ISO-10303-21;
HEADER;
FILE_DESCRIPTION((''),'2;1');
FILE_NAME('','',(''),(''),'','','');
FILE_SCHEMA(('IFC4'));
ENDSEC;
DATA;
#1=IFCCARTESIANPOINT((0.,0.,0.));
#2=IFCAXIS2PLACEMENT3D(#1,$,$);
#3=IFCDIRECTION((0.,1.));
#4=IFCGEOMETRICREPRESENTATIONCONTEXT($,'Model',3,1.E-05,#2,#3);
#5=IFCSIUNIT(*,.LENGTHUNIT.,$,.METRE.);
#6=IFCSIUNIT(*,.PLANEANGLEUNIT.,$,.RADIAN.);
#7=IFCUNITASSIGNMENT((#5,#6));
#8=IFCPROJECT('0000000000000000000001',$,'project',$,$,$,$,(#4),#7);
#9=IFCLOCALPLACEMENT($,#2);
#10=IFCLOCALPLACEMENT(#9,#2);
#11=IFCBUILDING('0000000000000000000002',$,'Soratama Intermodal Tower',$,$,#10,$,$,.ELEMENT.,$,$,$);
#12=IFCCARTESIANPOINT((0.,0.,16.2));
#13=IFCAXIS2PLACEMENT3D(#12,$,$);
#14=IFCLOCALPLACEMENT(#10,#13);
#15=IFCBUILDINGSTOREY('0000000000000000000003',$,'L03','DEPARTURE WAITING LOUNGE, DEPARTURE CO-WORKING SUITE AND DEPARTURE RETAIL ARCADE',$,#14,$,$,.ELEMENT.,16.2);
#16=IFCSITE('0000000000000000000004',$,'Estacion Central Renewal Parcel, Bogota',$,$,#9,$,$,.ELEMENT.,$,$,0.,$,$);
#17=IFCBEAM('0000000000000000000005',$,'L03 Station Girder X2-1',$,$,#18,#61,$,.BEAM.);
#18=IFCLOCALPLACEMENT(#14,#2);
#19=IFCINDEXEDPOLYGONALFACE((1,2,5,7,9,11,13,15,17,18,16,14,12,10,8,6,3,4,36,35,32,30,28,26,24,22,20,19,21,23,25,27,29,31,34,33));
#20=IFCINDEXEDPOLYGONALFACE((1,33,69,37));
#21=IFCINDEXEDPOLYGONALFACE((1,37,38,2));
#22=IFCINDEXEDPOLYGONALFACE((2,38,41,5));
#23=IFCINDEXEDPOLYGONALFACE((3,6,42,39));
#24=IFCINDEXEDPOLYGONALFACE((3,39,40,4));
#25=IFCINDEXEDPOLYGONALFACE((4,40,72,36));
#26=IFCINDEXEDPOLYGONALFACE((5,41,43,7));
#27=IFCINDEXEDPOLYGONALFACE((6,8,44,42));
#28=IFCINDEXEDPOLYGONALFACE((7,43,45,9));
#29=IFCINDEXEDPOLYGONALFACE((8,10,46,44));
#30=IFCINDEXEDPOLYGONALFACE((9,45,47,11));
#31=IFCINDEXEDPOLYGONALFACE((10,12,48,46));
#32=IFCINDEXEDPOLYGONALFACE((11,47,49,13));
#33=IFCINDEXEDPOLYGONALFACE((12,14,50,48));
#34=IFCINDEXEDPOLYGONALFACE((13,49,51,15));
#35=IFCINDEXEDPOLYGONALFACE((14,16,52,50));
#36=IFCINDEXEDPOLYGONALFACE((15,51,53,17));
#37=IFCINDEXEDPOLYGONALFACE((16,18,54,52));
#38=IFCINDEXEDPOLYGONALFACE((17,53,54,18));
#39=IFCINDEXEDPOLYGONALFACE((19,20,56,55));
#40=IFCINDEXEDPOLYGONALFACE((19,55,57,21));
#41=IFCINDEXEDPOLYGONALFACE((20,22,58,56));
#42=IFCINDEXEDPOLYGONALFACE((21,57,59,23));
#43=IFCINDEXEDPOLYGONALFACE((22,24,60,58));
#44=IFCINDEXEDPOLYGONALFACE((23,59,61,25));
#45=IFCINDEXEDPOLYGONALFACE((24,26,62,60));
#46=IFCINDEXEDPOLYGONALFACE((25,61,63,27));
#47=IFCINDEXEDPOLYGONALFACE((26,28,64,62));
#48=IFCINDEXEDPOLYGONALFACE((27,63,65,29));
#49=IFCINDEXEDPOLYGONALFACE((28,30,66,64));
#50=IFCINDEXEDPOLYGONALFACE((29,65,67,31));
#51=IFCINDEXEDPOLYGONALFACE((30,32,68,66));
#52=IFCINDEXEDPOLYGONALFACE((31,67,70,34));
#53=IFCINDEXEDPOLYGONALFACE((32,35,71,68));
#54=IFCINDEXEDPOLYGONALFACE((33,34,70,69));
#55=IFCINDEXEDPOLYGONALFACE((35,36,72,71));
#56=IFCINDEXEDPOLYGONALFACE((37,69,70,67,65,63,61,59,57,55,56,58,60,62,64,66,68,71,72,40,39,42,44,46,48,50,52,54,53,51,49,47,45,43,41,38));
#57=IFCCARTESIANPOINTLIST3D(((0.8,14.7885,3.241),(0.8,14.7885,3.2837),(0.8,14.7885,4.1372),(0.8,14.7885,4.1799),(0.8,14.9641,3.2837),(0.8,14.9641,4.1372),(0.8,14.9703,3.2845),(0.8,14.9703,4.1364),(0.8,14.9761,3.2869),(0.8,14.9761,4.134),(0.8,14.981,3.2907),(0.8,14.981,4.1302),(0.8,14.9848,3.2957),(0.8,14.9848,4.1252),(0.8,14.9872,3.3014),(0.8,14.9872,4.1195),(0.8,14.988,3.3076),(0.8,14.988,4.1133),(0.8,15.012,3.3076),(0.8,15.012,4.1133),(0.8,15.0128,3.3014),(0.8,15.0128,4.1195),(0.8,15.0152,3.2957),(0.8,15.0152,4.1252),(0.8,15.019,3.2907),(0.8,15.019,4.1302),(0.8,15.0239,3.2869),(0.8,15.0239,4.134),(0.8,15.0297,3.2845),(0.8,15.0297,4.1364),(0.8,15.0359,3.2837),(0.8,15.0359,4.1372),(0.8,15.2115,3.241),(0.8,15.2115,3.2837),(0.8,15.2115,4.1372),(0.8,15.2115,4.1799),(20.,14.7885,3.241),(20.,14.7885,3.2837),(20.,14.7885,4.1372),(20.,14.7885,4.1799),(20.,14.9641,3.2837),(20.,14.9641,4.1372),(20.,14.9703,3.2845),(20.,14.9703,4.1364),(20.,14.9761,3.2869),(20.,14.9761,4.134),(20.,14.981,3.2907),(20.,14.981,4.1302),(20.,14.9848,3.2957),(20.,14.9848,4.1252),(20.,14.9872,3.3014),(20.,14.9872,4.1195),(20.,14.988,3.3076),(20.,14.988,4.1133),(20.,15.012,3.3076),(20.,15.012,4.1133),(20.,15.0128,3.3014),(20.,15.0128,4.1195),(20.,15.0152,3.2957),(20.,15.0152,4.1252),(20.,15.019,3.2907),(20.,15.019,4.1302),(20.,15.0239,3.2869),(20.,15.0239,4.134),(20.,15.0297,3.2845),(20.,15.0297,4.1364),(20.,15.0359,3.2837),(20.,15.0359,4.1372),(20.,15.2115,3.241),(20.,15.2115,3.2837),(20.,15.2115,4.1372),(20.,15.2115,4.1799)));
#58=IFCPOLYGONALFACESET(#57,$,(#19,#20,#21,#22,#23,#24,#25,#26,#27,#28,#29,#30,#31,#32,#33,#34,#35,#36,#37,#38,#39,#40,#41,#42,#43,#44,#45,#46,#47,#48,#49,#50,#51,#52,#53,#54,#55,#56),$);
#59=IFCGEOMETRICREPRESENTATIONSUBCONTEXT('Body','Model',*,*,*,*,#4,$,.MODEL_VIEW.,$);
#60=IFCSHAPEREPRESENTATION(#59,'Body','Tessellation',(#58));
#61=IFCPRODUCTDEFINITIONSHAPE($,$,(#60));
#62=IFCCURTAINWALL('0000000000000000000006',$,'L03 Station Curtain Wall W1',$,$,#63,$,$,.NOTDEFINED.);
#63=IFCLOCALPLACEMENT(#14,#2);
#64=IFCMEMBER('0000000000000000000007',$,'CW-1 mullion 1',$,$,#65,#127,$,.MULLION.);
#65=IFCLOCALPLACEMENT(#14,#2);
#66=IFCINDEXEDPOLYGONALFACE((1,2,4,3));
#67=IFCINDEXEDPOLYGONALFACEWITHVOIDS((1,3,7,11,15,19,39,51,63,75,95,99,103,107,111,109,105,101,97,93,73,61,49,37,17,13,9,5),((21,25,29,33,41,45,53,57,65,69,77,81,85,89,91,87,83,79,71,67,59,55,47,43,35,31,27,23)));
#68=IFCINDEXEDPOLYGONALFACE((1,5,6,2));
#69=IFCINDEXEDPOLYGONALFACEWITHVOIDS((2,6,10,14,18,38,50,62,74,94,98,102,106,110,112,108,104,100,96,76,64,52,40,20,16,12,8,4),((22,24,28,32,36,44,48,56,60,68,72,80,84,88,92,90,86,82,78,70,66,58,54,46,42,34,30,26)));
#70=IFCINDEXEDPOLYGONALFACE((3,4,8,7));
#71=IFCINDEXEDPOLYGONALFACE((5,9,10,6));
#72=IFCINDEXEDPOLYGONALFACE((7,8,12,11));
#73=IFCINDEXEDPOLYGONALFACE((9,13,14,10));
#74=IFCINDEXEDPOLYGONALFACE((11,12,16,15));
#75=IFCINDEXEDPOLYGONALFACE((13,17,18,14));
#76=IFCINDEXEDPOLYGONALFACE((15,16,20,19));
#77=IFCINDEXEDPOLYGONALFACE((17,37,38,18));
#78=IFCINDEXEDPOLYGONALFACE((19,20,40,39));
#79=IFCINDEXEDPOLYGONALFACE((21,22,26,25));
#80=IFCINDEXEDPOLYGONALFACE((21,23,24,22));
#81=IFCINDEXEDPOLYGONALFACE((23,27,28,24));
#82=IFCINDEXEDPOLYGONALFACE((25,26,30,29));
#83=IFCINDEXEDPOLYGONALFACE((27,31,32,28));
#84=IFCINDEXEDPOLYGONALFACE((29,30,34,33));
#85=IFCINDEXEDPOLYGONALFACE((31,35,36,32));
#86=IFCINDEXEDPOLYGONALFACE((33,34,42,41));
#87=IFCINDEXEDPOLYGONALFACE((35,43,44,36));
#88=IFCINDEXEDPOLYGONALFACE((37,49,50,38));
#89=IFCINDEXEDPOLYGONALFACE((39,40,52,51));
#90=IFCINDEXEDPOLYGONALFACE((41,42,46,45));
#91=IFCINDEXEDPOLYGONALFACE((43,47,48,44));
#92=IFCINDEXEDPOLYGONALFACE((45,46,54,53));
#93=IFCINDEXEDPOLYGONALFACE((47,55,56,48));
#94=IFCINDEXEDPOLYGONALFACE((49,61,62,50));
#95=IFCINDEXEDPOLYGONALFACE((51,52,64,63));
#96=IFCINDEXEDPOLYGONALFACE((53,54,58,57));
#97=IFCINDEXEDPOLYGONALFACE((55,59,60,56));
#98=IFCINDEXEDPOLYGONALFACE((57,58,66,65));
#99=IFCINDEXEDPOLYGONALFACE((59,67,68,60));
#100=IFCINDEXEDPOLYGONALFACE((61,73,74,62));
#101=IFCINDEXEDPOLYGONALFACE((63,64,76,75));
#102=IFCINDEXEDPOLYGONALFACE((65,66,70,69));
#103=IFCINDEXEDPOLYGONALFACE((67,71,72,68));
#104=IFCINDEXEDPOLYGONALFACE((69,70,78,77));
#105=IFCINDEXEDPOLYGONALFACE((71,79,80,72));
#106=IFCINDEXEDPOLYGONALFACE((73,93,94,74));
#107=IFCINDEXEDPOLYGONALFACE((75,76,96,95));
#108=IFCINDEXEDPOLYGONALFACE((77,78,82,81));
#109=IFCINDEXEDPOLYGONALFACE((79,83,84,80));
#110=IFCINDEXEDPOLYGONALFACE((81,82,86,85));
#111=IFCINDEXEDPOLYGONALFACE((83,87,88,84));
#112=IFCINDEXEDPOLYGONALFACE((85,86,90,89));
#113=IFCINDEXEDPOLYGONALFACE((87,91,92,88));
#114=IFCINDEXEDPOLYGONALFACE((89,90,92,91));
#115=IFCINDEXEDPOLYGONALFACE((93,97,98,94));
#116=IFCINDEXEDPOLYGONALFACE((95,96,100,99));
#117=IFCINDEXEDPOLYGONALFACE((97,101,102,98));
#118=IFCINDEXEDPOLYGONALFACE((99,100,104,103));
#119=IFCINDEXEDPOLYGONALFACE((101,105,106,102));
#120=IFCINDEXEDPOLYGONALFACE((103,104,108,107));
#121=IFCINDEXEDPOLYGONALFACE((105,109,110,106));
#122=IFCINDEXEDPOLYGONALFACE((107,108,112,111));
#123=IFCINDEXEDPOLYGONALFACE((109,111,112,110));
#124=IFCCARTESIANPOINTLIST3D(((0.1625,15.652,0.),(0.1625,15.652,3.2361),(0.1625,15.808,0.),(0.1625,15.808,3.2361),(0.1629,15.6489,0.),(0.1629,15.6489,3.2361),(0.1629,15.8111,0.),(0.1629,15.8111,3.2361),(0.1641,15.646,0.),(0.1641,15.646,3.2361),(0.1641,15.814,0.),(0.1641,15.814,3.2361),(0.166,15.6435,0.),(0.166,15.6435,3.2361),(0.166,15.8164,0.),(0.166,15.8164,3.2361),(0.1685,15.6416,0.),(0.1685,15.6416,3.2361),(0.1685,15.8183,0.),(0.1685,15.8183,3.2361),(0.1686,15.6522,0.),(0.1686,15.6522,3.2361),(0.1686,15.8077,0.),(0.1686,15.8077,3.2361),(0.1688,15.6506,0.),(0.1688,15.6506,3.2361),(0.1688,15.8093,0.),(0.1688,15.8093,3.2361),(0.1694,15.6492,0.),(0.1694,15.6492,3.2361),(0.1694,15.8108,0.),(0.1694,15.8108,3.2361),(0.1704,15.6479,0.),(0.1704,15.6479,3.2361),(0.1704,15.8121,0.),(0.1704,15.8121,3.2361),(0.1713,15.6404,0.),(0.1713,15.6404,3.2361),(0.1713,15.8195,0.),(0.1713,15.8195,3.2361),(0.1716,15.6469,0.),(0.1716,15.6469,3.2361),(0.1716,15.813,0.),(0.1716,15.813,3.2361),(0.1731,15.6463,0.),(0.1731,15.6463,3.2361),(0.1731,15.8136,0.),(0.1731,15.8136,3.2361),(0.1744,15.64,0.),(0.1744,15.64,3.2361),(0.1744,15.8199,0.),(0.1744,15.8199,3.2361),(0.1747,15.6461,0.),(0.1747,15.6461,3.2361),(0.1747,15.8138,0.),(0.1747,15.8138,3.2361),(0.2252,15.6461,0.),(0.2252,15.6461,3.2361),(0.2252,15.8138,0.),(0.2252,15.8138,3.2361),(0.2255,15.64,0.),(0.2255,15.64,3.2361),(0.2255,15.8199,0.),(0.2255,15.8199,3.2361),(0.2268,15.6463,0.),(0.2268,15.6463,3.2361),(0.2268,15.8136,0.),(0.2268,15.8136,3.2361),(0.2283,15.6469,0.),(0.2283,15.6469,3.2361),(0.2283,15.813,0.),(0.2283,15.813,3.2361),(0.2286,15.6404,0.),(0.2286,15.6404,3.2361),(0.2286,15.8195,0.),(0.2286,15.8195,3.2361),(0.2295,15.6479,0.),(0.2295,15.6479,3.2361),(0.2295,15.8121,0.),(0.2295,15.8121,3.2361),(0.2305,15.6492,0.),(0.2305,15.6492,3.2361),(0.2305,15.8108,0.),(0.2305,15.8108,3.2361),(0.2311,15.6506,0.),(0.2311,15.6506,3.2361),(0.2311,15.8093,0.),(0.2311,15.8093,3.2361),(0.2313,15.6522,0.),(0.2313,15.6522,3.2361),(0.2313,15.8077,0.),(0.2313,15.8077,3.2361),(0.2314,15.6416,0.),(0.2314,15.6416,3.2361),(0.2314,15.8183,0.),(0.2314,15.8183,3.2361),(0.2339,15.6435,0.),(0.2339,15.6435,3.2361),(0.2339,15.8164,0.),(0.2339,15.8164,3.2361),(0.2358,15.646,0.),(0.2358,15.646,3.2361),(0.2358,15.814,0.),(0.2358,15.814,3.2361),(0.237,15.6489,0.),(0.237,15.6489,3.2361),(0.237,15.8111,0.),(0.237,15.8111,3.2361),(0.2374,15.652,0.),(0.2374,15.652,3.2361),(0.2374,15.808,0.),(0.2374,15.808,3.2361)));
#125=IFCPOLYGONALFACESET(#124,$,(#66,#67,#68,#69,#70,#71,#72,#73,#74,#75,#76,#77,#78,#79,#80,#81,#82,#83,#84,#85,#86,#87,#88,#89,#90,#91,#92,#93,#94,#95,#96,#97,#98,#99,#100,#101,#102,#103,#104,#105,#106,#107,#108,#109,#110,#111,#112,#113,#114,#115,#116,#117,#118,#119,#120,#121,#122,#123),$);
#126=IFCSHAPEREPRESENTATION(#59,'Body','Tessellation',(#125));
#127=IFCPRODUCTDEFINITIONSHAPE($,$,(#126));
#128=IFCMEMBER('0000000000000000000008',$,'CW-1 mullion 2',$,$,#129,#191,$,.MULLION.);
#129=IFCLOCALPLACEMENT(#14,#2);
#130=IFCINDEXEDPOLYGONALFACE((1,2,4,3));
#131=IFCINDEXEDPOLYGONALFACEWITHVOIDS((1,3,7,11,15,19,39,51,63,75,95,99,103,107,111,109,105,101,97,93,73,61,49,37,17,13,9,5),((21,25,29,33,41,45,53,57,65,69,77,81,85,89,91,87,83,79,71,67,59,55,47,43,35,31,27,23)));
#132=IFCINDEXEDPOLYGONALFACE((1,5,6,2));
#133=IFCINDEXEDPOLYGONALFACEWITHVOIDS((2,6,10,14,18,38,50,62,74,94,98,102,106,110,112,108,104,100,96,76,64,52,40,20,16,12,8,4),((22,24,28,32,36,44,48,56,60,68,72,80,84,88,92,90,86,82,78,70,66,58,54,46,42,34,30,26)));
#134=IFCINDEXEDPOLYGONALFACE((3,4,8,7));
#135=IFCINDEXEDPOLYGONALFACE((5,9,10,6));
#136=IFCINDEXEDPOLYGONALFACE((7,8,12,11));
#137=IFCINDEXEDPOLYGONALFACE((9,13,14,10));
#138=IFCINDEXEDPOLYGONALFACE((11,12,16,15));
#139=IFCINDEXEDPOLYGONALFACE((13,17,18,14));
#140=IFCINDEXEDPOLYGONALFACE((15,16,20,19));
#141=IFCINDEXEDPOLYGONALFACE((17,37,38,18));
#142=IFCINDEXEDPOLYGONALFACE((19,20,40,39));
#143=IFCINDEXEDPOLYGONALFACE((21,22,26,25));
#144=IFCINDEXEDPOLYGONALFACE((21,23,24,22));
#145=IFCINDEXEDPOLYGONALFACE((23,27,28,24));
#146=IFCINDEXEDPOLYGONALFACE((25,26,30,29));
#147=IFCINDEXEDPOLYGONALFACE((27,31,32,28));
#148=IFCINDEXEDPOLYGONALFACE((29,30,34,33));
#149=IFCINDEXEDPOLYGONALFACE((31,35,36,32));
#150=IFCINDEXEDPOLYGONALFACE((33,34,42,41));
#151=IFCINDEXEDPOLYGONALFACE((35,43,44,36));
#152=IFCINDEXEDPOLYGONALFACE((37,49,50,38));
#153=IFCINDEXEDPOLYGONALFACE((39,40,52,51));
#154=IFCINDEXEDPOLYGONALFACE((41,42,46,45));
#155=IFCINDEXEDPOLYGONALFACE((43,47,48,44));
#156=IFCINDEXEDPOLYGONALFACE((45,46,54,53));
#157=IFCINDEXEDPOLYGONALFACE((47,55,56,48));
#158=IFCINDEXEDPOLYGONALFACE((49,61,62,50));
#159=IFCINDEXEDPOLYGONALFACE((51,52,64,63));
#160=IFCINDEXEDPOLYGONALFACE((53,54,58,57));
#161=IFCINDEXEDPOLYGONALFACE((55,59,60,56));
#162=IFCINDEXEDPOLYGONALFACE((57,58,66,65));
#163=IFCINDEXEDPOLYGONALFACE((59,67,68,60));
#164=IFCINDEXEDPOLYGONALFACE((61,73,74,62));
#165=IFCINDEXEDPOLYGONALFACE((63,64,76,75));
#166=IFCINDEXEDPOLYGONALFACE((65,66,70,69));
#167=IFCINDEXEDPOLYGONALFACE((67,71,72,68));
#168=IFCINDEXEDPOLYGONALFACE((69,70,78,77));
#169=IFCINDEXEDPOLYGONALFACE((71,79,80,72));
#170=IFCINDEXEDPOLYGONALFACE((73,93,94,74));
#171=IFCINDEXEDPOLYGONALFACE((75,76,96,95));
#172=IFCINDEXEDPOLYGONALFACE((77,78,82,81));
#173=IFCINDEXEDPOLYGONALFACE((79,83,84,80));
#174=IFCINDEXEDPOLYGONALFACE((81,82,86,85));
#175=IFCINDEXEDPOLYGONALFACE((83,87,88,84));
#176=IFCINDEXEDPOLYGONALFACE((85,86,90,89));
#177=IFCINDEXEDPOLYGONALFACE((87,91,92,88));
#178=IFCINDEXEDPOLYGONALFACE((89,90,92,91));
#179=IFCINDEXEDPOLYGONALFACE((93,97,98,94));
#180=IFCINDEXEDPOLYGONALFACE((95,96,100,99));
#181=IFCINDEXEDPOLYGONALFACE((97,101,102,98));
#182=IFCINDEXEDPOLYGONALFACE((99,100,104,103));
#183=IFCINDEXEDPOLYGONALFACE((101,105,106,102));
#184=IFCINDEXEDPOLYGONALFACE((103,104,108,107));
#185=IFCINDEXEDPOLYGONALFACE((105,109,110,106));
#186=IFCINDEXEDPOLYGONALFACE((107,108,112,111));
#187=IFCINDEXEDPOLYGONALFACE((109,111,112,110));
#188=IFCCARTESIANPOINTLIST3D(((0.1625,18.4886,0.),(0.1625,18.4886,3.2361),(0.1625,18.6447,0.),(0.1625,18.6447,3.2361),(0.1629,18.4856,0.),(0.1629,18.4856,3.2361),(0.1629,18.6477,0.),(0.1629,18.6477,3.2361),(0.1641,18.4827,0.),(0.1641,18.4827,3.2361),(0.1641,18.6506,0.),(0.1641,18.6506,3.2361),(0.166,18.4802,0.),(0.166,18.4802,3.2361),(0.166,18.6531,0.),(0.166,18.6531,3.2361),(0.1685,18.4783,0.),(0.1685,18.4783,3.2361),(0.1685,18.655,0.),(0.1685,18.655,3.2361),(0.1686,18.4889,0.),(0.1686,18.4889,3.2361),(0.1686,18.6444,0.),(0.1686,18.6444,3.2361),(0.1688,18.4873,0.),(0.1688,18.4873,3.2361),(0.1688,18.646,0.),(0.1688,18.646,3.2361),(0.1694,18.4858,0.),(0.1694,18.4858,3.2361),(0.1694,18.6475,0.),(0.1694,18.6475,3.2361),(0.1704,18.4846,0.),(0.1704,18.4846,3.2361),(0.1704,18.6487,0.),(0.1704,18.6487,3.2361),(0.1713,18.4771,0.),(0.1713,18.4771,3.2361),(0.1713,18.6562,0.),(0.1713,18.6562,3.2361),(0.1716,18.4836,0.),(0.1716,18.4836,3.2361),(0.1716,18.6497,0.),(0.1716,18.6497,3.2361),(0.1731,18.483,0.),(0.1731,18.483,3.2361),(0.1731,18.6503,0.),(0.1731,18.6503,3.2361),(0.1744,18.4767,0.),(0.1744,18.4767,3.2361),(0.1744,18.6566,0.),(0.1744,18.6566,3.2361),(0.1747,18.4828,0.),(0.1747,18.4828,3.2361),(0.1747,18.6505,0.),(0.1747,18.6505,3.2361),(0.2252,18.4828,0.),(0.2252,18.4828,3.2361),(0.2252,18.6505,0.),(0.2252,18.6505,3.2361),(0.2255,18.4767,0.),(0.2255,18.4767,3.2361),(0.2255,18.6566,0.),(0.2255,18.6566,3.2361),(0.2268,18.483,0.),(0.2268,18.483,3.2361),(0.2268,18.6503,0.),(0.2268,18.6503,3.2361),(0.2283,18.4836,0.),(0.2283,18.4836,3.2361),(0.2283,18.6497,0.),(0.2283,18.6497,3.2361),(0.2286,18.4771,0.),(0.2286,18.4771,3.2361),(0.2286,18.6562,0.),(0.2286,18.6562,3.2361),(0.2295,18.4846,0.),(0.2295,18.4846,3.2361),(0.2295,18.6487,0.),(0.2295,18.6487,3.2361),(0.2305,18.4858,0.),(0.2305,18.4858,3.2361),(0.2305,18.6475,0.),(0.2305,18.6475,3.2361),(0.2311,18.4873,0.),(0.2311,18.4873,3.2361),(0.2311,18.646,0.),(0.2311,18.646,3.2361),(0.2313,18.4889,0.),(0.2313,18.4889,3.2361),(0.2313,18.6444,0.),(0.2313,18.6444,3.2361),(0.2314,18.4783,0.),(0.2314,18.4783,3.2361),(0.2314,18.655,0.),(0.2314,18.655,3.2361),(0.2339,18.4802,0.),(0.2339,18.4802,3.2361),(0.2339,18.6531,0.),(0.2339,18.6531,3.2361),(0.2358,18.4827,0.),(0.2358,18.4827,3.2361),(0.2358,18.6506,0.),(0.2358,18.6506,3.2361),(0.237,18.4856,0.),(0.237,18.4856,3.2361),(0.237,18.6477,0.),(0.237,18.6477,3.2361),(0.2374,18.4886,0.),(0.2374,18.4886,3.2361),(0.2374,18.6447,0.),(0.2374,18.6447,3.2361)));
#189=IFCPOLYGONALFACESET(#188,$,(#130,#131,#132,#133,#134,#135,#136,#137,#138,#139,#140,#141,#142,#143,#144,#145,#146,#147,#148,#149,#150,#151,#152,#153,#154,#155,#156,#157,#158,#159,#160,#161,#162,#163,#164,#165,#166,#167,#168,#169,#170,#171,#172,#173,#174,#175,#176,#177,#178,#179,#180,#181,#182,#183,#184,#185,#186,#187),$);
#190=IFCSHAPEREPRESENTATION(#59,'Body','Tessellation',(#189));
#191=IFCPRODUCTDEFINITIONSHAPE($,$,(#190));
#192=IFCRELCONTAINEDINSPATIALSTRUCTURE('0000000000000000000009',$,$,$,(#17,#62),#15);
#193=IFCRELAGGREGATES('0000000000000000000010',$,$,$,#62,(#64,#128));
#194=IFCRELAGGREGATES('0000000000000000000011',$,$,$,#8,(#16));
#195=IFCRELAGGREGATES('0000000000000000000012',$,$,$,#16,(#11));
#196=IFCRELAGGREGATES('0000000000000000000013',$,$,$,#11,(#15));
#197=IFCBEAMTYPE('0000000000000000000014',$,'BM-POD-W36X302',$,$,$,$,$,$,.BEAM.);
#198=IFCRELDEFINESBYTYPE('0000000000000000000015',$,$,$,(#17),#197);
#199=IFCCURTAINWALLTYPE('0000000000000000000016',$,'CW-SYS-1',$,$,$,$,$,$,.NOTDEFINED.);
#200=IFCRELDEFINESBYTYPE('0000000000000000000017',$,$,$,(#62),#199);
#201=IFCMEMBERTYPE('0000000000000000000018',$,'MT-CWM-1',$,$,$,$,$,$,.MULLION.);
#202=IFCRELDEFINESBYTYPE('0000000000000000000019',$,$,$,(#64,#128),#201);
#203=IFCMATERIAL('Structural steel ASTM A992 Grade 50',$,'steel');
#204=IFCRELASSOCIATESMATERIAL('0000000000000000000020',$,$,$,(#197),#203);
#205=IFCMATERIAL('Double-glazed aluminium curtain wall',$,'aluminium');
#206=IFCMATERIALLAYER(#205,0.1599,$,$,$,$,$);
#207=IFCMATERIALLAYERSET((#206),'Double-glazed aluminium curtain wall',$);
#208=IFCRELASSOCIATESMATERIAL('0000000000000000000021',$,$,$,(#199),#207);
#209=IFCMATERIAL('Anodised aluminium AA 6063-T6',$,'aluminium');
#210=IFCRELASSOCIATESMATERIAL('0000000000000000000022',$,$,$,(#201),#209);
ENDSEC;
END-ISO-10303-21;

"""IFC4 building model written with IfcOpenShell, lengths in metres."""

from ifc_helpers import new_model, si_unit, direction, frame, origin, origin_2d, place, context, subcontext, project, spatial, hollow_rectangle, i_section, extrude, material, layer, layer_set, material_profile, profile_set, type_object, element, aggregate, save


model = new_model("IFC4")

# Units and contexts
model_context = context("Model", 3, precision=1e-05, world=origin(), true_north=direction((0.0, 1.0)))
body_context = subcontext(model_context, "Body", "Model", "MODEL_VIEW")
ifc_project = project(units=[si_unit("LENGTHUNIT", "METRE"), si_unit("PLANEANGLEUNIT", "RADIAN")], contexts=[model_context])

# Site, building, storey
site_placement = place(None, origin())
site = spatial("IfcSite", under=ifc_project, at=site_placement, Name="Estacion Central Renewal Parcel, Bogota", CompositionType="ELEMENT", RefElevation=0.0)
building_placement = place(site_placement, origin())
building = spatial("IfcBuilding", under=site, at=building_placement, Name="Soratama Intermodal Tower", CompositionType="ELEMENT")
storey_placement = place(building_placement, frame((0.0, 0.0, 16.2)))
storey = spatial("IfcBuildingStorey", under=building, at=storey_placement, Name="L03", Description="DEPARTURE WAITING LOUNGE, DEPARTURE CO-WORKING SUITE AND DEPARTURE RETAIL ARCADE", CompositionType="ELEMENT", Elevation=16.2)

# Beam
ifc_material_1 = material(Name="Structural steel ASTM A992 Grade 50", Category="steel")
ifc_material_profile_1 = material_profile(ifc_material_1, i_section(OverallWidth=0.4231, OverallDepth=0.939, WebThickness=0.0239, FlangeThickness=0.0427, FilletRadius=0.0239, at=origin_2d()), Name="W36X302")
ifc_profile_set_1 = profile_set([ifc_material_profile_1], Name="Structural steel ASTM A992 Grade 50")
beam_type_1 = type_object("IfcBeamType", Name="BM-POD-W36X302", PredefinedType="BEAM", material=ifc_profile_set_1)
beam_1_placement = place(storey_placement, frame((0.8, 15.0, 3.7104), z_axis=(1.0, 0.0, 0.0), x_axis=(0.0, 1.0, 0.0)))
element("IfcBeam", 1, at=beam_1_placement, inside=storey, type_object=beam_type_1, Name="L03 Station Girder X2-1", PredefinedType="BEAM", context=body_context, shape_type="SweptSolid", body=[
    extrude(i_section(OverallWidth=0.4231, OverallDepth=0.939, WebThickness=0.0239, FlangeThickness=0.0427, FilletRadius=0.0239, at=origin_2d()), origin(), (0.0, 0.0, 1.0), 19.2),
])

# Curtain wall, members
ifc_material_2 = material(Name="Double-glazed aluminium curtain wall", Category="aluminium")
ifc_layer_1 = layer(ifc_material_2, 0.1599)
ifc_layer_set_1 = layer_set([ifc_layer_1], Name="Double-glazed aluminium curtain wall")
curtain_wall_type = type_object("IfcCurtainWallType", Name="CW-SYS-1", PredefinedType="NOTDEFINED", material=ifc_layer_set_1)
curtain_wall_placement = place(storey_placement, origin())
curtain_wall = element("IfcCurtainWall", 2, at=curtain_wall_placement, inside=storey, type_object=curtain_wall_type, Name="L03 Station Curtain Wall W1", PredefinedType="NOTDEFINED")
ifc_material_3 = material(Name="Anodised aluminium AA 6063-T6", Category="aluminium")
ifc_material_profile_2 = material_profile(ifc_material_3, hollow_rectangle(XDim=0.075, YDim=0.1799, WallThickness=0.0061, InnerFilletRadius=0.0061, OuterFilletRadius=0.012, at=origin_2d()), Name="CWM180X75X6")
ifc_profile_set_2 = profile_set([ifc_material_profile_2], Name="Anodised aluminium AA 6063-T6")
member_type_1 = type_object("IfcMemberType", Name="MT-CWM-1", PredefinedType="MULLION", material=ifc_profile_set_2)
member_1_placement = place(storey_placement, frame((0.2, 15.73, 0.0), z_axis=(0.0, 0.0, 1.0), x_axis=(-1.0, 0.0, 0.0)))
member_1 = element("IfcMember", 3, at=member_1_placement, type_object=member_type_1, Name="CW-1 mullion 1", PredefinedType="MULLION", context=body_context, shape_type="SweptSolid", body=[
    extrude(hollow_rectangle(XDim=0.075, YDim=0.1799, WallThickness=0.0061, InnerFilletRadius=0.0061, OuterFilletRadius=0.012, at=origin_2d()), origin(), (0.0, 0.0, 1.0), 3.2361),
])
member_2_placement = place(storey_placement, frame((0.2, 18.5667, 0.0), z_axis=(0.0, 0.0, 1.0), x_axis=(-1.0, 0.0, 0.0)))
member_2 = element("IfcMember", 4, at=member_2_placement, type_object=member_type_1, Name="CW-1 mullion 2", PredefinedType="MULLION", context=body_context, shape_type="SweptSolid", body=[
    extrude(hollow_rectangle(XDim=0.075, YDim=0.1799, WallThickness=0.0061, InnerFilletRadius=0.0061, OuterFilletRadius=0.012, at=origin_2d()), origin(), (0.0, 0.0, 1.0), 3.2361),
])
aggregate(curtain_wall, [member_1, member_2])

save(model, "model.ifc")
